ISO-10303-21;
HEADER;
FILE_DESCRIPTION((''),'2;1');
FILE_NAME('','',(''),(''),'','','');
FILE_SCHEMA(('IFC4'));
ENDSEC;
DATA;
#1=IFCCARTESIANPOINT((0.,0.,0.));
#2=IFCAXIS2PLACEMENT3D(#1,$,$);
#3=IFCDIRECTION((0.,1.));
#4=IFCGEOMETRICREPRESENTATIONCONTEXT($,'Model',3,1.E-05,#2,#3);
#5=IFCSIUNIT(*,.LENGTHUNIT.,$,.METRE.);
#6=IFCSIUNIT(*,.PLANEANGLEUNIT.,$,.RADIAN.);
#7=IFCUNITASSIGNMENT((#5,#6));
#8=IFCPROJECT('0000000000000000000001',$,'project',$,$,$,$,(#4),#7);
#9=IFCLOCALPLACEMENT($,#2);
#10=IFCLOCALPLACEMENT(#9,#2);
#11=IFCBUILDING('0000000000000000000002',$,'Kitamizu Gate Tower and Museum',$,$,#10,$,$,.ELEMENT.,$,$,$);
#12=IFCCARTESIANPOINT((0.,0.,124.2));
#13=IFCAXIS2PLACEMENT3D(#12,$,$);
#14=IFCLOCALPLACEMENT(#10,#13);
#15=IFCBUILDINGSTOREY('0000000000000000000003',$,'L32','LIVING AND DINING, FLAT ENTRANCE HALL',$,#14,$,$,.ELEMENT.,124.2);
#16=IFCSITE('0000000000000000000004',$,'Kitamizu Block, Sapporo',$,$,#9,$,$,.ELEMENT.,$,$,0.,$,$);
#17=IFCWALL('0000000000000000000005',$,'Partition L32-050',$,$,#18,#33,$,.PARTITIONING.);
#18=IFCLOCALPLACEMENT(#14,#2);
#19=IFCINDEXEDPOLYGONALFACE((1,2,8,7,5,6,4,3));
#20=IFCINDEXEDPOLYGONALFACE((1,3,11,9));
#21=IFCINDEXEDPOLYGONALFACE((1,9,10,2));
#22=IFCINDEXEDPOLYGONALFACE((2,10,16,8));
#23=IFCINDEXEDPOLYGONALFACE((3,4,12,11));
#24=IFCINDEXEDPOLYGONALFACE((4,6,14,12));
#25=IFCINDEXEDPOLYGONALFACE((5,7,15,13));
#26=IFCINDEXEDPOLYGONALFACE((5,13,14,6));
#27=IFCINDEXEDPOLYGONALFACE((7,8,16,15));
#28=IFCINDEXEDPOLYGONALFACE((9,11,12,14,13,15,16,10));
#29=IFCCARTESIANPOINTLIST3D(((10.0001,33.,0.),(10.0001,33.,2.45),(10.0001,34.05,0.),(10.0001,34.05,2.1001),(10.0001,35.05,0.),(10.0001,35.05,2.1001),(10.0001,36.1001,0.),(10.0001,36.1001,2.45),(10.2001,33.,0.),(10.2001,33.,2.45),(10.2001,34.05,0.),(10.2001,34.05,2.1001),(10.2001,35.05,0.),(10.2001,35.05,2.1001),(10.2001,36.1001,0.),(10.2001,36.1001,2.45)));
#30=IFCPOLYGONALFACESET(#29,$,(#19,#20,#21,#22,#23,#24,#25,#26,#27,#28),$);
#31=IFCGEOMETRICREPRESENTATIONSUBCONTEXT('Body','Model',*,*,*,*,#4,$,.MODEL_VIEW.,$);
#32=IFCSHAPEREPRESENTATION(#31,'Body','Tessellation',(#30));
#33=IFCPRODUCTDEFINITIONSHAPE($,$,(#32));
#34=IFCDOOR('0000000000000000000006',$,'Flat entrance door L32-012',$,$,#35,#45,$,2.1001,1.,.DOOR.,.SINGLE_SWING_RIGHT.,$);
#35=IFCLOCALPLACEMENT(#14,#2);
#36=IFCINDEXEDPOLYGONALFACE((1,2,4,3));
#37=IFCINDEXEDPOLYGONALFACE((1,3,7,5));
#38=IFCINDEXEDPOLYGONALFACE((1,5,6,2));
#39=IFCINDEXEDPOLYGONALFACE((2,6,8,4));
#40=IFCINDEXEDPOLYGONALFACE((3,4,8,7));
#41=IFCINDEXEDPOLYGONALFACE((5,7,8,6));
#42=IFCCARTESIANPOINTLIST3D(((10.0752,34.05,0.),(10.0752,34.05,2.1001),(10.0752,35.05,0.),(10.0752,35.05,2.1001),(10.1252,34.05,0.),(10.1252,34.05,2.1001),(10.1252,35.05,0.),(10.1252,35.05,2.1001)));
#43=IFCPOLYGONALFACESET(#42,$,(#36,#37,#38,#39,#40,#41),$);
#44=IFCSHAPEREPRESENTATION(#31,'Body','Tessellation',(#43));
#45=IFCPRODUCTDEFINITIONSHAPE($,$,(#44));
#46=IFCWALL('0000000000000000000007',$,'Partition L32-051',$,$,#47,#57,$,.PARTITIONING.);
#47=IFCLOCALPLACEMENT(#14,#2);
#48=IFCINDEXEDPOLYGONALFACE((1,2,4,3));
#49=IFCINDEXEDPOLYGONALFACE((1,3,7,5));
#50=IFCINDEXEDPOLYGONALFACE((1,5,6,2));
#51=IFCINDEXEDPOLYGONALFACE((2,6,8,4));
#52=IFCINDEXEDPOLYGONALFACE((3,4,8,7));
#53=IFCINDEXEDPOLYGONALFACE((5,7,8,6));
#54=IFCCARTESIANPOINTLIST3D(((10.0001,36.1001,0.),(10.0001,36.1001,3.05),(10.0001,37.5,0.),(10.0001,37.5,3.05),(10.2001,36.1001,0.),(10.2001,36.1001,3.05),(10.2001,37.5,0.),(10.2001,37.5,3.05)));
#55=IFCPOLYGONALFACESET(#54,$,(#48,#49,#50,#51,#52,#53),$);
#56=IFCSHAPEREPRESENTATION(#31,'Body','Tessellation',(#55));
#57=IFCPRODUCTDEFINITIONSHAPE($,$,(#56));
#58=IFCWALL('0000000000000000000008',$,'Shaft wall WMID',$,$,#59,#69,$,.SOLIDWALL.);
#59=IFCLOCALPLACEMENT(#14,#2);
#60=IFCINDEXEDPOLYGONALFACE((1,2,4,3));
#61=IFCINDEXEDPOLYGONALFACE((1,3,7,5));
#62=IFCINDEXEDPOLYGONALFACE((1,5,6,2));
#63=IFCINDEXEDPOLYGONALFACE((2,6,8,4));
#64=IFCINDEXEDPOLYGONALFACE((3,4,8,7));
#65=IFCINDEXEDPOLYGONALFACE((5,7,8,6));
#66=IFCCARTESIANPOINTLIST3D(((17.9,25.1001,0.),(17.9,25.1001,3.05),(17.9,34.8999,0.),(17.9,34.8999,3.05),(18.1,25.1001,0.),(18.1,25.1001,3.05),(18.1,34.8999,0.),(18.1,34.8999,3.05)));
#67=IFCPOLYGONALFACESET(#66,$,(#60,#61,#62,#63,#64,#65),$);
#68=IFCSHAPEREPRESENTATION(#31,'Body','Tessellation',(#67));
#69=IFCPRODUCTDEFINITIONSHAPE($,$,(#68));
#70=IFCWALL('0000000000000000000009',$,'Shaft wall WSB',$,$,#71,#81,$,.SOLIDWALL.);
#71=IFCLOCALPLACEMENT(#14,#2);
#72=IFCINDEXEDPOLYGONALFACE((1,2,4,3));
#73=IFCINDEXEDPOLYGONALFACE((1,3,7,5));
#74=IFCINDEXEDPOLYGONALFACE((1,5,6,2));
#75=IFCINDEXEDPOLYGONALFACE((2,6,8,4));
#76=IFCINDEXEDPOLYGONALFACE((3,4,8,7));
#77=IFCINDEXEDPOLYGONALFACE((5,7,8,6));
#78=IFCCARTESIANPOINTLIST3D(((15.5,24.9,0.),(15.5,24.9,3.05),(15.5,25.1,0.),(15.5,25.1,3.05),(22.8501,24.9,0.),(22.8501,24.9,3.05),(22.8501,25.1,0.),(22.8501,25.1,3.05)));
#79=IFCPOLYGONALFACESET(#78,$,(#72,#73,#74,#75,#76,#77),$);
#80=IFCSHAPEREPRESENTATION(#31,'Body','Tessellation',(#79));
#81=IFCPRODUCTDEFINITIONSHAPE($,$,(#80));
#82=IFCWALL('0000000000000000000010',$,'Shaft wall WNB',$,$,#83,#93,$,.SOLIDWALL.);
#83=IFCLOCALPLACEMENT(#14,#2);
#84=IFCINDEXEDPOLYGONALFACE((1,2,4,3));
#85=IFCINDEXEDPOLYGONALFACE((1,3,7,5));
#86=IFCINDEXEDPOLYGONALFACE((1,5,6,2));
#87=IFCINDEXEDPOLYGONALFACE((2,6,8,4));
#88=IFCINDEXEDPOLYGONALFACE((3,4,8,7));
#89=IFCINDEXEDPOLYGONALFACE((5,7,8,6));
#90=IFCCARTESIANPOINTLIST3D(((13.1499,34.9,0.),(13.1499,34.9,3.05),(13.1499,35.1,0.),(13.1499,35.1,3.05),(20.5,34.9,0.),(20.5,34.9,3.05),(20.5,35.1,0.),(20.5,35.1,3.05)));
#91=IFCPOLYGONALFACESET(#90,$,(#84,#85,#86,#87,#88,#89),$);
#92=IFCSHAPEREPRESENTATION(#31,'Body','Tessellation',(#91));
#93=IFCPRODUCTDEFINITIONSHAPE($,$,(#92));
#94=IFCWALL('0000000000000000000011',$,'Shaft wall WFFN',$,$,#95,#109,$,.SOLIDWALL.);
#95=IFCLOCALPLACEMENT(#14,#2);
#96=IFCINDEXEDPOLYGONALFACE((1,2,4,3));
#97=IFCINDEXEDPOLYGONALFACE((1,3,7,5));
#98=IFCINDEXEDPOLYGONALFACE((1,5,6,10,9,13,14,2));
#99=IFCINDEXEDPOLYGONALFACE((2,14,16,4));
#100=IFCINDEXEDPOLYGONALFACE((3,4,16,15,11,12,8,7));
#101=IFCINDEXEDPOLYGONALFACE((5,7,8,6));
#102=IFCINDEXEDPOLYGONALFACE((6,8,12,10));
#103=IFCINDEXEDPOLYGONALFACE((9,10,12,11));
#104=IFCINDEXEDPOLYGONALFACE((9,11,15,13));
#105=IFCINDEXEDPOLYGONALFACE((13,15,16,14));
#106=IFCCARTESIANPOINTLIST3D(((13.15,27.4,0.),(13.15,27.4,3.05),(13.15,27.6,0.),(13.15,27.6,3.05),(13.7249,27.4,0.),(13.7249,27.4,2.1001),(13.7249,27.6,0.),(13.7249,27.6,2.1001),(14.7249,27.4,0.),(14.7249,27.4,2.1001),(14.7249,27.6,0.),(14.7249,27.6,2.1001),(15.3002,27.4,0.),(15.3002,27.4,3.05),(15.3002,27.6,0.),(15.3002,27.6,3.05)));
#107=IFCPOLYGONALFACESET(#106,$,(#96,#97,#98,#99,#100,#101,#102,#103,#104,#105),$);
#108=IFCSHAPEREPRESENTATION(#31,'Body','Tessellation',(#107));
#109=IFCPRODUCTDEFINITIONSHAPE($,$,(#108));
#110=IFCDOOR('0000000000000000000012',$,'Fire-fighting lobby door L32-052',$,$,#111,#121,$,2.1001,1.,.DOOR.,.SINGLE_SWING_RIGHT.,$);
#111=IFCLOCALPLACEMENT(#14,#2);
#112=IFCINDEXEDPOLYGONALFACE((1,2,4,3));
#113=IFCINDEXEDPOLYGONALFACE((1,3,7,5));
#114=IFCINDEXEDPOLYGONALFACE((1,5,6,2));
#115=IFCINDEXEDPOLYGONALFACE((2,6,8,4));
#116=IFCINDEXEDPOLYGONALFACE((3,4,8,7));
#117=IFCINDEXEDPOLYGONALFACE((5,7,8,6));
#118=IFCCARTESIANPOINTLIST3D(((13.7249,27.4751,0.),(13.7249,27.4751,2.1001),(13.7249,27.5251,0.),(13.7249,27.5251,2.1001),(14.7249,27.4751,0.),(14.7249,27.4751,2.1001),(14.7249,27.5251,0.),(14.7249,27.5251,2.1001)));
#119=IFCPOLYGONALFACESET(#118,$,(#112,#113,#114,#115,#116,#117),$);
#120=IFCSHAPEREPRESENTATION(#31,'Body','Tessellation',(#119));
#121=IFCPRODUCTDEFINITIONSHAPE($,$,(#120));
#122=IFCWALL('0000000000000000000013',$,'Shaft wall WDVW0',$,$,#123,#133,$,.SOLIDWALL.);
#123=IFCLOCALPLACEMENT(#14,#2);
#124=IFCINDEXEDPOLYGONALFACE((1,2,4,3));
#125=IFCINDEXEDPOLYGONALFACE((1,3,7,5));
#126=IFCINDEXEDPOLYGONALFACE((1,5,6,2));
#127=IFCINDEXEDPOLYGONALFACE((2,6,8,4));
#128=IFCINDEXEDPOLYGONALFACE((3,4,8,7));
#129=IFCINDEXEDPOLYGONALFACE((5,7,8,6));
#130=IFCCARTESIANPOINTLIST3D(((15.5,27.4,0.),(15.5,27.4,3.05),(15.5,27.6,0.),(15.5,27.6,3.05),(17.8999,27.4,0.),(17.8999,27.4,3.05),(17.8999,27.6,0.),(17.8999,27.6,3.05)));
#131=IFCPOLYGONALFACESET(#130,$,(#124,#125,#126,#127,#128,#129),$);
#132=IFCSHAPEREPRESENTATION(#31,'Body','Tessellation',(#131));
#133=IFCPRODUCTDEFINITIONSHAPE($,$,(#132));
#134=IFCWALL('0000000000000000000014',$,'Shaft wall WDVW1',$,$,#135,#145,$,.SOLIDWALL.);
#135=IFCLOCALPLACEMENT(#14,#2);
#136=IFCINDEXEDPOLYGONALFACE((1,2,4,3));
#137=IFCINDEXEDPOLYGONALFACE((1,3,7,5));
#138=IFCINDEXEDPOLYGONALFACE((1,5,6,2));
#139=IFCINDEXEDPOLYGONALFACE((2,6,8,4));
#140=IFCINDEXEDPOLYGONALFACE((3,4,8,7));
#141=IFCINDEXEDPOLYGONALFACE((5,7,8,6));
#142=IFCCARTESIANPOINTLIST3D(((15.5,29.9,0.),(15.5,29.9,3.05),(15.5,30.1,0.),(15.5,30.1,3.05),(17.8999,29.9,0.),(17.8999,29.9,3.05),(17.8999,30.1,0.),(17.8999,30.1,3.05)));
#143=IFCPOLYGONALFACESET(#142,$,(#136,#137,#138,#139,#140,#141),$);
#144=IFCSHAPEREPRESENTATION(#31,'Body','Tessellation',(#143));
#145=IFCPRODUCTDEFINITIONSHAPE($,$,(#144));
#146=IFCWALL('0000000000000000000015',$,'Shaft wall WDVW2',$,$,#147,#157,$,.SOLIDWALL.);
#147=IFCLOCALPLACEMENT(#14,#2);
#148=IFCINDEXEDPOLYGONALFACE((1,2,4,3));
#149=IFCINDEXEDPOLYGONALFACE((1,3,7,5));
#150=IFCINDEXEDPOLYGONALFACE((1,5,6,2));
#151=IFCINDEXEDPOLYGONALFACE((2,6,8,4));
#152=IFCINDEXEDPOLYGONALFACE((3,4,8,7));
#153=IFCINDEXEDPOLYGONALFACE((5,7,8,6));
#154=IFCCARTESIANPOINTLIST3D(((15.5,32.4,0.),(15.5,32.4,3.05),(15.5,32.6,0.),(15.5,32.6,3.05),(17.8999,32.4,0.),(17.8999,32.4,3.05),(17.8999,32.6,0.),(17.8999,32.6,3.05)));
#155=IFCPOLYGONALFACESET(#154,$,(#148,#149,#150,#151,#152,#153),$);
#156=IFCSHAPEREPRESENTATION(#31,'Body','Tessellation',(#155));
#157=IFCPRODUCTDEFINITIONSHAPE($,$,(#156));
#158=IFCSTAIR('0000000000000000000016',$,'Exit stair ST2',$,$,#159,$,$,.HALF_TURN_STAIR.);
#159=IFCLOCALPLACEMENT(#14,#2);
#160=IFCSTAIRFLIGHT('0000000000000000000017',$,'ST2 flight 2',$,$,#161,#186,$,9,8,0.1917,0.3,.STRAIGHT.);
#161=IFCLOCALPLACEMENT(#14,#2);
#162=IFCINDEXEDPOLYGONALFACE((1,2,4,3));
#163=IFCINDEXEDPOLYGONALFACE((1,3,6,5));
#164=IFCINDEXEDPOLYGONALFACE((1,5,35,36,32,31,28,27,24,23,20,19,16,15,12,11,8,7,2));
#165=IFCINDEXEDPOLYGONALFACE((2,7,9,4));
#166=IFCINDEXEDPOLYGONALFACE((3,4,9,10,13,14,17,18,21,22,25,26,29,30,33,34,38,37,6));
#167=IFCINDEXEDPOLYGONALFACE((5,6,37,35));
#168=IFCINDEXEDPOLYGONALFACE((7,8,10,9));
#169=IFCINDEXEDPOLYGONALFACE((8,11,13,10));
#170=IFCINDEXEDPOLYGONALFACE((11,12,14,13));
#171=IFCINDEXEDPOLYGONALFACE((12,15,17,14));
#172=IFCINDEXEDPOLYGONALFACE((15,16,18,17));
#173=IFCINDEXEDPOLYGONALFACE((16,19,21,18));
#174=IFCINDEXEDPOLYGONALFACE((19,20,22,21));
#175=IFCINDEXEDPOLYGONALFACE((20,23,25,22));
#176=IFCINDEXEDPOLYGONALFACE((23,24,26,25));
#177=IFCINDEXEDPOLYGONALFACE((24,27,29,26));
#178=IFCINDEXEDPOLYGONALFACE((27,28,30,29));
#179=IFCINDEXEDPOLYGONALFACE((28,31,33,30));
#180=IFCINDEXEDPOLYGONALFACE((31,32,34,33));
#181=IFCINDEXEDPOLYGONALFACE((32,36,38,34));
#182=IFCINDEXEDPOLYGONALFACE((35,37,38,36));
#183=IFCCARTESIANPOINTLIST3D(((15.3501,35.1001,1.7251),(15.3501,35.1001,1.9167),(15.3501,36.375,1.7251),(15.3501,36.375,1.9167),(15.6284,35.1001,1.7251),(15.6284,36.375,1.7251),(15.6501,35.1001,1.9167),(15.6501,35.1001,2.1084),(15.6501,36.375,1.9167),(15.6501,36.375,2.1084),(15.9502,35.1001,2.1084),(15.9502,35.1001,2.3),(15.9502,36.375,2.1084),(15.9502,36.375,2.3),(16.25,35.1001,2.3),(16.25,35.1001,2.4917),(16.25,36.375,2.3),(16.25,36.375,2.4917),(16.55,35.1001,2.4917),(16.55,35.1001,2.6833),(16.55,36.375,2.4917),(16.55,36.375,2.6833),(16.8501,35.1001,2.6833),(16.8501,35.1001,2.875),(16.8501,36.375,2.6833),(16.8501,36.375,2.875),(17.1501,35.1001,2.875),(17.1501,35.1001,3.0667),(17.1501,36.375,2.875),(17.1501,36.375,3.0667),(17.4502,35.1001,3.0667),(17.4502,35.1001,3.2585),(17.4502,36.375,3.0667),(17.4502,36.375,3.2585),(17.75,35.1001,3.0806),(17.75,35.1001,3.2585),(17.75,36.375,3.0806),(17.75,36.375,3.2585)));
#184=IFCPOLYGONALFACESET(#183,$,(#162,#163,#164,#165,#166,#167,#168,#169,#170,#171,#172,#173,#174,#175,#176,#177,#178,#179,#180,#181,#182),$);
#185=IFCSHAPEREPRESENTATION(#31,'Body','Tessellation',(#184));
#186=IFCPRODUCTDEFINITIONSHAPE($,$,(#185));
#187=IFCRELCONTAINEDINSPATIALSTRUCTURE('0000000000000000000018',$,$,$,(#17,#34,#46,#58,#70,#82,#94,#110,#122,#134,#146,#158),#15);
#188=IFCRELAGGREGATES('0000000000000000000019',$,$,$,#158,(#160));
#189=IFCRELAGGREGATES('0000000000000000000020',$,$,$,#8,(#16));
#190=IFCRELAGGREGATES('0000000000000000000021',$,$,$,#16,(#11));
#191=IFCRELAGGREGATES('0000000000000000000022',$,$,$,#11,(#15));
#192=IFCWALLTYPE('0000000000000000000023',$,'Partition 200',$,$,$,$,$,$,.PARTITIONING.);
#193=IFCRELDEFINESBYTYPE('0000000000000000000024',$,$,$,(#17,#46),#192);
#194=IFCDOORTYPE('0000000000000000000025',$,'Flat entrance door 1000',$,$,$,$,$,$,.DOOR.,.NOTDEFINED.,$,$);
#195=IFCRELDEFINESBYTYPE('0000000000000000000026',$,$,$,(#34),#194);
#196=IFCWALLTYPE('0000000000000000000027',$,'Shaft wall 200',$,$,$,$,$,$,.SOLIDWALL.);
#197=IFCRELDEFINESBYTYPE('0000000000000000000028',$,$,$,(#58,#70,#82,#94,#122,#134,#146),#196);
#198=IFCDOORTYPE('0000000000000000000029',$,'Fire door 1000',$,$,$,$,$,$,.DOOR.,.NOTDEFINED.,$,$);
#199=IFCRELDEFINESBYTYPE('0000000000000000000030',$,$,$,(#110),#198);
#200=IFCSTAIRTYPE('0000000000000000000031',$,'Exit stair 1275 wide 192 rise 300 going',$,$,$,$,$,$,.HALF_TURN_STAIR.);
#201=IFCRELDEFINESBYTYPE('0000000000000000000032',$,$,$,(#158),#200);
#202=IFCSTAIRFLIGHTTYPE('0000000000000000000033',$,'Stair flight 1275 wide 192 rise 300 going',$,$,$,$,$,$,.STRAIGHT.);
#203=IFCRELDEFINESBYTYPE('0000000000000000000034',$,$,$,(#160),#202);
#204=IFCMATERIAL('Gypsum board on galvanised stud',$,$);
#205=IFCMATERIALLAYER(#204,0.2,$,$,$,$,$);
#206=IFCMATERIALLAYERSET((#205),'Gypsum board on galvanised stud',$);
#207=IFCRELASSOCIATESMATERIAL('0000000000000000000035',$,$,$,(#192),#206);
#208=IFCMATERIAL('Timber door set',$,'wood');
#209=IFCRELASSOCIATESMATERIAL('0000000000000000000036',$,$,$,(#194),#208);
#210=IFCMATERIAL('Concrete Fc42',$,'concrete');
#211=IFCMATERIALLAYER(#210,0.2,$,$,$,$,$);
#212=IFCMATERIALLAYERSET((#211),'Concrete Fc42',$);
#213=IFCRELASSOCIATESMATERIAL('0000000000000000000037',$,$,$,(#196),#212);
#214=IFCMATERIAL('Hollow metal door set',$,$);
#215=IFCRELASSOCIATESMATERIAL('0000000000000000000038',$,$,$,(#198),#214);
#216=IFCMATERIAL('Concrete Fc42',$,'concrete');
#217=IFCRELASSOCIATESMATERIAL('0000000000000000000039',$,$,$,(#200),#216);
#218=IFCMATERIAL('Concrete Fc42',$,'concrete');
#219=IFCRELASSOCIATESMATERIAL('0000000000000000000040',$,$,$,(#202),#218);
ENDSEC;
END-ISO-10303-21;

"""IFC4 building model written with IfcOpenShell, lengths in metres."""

from ifc_helpers import new_model, si_unit, direction, frame, frame_2d, origin, place, context, subcontext, project, spatial, polyline, rectangle, outline, extrude, material, layer, layer_set, type_object, element, fill, aggregate, save


model = new_model("IFC4")

# Units and contexts
model_context = context("Model", 3, precision=1e-05, world=origin(), true_north=direction((0.0, 1.0)))
body_context = subcontext(model_context, "Body", "Model", "MODEL_VIEW")
ifc_project = project(units=[si_unit("LENGTHUNIT", "METRE"), si_unit("PLANEANGLEUNIT", "RADIAN")], contexts=[model_context])

# Site, building, storey
site_placement = place(None, origin())
site = spatial("IfcSite", under=ifc_project, at=site_placement, Name="Kitamizu Block, Sapporo", CompositionType="ELEMENT", RefElevation=0.0)
building_placement = place(site_placement, origin())
building = spatial("IfcBuilding", under=site, at=building_placement, Name="Kitamizu Gate Tower and Museum", CompositionType="ELEMENT")
storey_placement = place(building_placement, frame((0.0, 0.0, 124.2)))
storey = spatial("IfcBuildingStorey", under=building, at=storey_placement, Name="L32", Description="LIVING AND DINING, FLAT ENTRANCE HALL", CompositionType="ELEMENT", Elevation=124.2)

# Wall, opening, door
ifc_material_1 = material(Name="Gypsum board on galvanised stud")
ifc_layer_1 = layer(ifc_material_1, 0.2)
ifc_layer_set_1 = layer_set([ifc_layer_1], Name="Gypsum board on galvanised stud")
wall_type_1 = type_object("IfcWallType", Name="Partition 200", PredefinedType="PARTITIONING", material=ifc_layer_set_1)
wall_1_placement = place(storey_placement, frame((10.1001, 33.0, 0.0), z_axis=(0.0, 0.0, 1.0), x_axis=(0.0, 1.0, 0.0)))
wall_1 = element("IfcWall", 1, at=wall_1_placement, inside=storey, type_object=wall_type_1, Name="Partition L32-050", PredefinedType="PARTITIONING", context=body_context, shape_type="SweptSolid", body=[
    extrude(rectangle(XDim=3.1001, YDim=0.2, at=frame_2d((1.55, 0.0))), origin(), (0.0, 0.0, 1.0), 2.45),
])
opening_1_placement = place(wall_1_placement, frame((1.05, 0.0, 0.0)))
opening_1 = element("IfcOpeningElement", 2, at=opening_1_placement, cuts=wall_1, PredefinedType="OPENING", context=body_context, shape_type="SweptSolid", body=[
    extrude(rectangle(XDim=1.0, YDim=2.1001, at=frame_2d((0.5, 1.05))), frame((0.0, 0.1099, 0.0), z_axis=(0.0, -1.0, 0.0), x_axis=(1.0, 0.0, 0.0)), (0.0, 0.0, 1.0), 0.22),
])
ifc_material_2 = material(Name="Timber door set", Category="wood")
door_type_1 = type_object("IfcDoorType", Name="Flat entrance door 1000", OperationType="NOTDEFINED", PredefinedType="DOOR", material=ifc_material_2)
door_1_placement = place(opening_1_placement, origin())
door_1 = element("IfcDoor", 3, at=door_1_placement, inside=storey, type_object=door_type_1, Name="Flat entrance door L32-012", OperationType="SINGLE_SWING_RIGHT", OverallHeight=2.1001, OverallWidth=1.0, PredefinedType="DOOR", context=body_context, shape_type="SweptSolid", body=[
    extrude(rectangle(XDim=1.0, YDim=2.1001, at=frame_2d((0.5, 1.05))), frame((0.0, 0.0249, 0.0), z_axis=(0.0, -1.0, 0.0), x_axis=(1.0, 0.0, 0.0)), (0.0, 0.0, 1.0), 0.05),
])
fill(opening_1, door_1)

# Walls
wall_2_placement = place(storey_placement, frame((10.1001, 36.1001, 0.0), z_axis=(0.0, 0.0, 1.0), x_axis=(0.0, 1.0, 0.0)))
element("IfcWall", 4, at=wall_2_placement, inside=storey, type_object=wall_type_1, Name="Partition L32-051", PredefinedType="PARTITIONING", context=body_context, shape_type="SweptSolid", body=[
    extrude(rectangle(XDim=1.3999, YDim=0.2, at=frame_2d((0.7, 0.0))), origin(), (0.0, 0.0, 1.0), 3.05),
])
ifc_material_3 = material(Name="Concrete Fc42", Category="concrete")
ifc_layer_2 = layer(ifc_material_3, 0.2)
ifc_layer_set_2 = layer_set([ifc_layer_2], Name="Concrete Fc42")
wall_type_2 = type_object("IfcWallType", Name="Shaft wall 200", PredefinedType="SOLIDWALL", material=ifc_layer_set_2)
wall_3_placement = place(storey_placement, frame((18.0, 25.1001, 0.0), z_axis=(0.0, 0.0, 1.0), x_axis=(0.0, 1.0, 0.0)))
element("IfcWall", 5, at=wall_3_placement, inside=storey, type_object=wall_type_2, Name="Shaft wall WMID", PredefinedType="SOLIDWALL", context=body_context, shape_type="SweptSolid", body=[
    extrude(rectangle(XDim=9.7998, YDim=0.2, at=frame_2d((4.8999, 0.0))), origin(), (0.0, 0.0, 1.0), 3.05),
])
for number, where, z_axis, x_axis, name in (
    (6, (15.5, 25.0, 0.0), (0.0, 0.0, 1.0), (1.0, 0.0, 0.0), "Shaft wall WSB"),
    (7, (13.1499, 35.0, 0.0), (0.0, 0.0, 1.0), (1.0, 0.0, 0.0), "Shaft wall WNB"),
):
    element("IfcWall", number, at=place(storey_placement, frame(where, z_axis=z_axis, x_axis=x_axis)), inside=storey, type_object=wall_type_2, Name=name, PredefinedType="SOLIDWALL", context=body_context, shape_type="SweptSolid", body=[
        extrude(rectangle(XDim=7.3501, YDim=0.2, at=frame_2d((3.675, 0.0))), origin(), (0.0, 0.0, 1.0), 3.05),
    ])

# Wall, opening, door
wall_4_placement = place(storey_placement, frame((13.1499, 27.5, 0.0), z_axis=(0.0, 0.0, 1.0), x_axis=(1.0, 0.0, 0.0)))
wall_4 = element("IfcWall", 8, at=wall_4_placement, inside=storey, type_object=wall_type_2, Name="Shaft wall WFFN", PredefinedType="SOLIDWALL", context=body_context, shape_type="SweptSolid", body=[
    extrude(rectangle(XDim=2.1501, YDim=0.2, at=frame_2d((1.0752, 0.0))), origin(), (0.0, 0.0, 1.0), 3.05),
])
opening_2_placement = place(wall_4_placement, frame((0.575, 0.0, 0.0)))
opening_2 = element("IfcOpeningElement", 9, at=opening_2_placement, cuts=wall_4, PredefinedType="OPENING", context=body_context, shape_type="SweptSolid", body=[
    extrude(rectangle(XDim=1.0, YDim=2.1001, at=frame_2d((0.5, 1.05))), frame((0.0, 0.1099, 0.0), z_axis=(0.0, -1.0, 0.0), x_axis=(1.0, 0.0, 0.0)), (0.0, 0.0, 1.0), 0.22),
])
ifc_material_4 = material(Name="Hollow metal door set")
door_type_2 = type_object("IfcDoorType", Name="Fire door 1000", OperationType="NOTDEFINED", PredefinedType="DOOR", material=ifc_material_4)
door_2_placement = place(opening_2_placement, frame((1.0, 0.0, 0.0), x_axis=(-1.0, 0.0, 0.0)))
door_2 = element("IfcDoor", 10, at=door_2_placement, inside=storey, type_object=door_type_2, Name="Fire-fighting lobby door L32-052", OperationType="SINGLE_SWING_RIGHT", OverallHeight=2.1001, OverallWidth=1.0, PredefinedType="DOOR", context=body_context, shape_type="SweptSolid", body=[
    extrude(rectangle(XDim=1.0, YDim=2.1001, at=frame_2d((0.5, 1.05))), frame((0.0, 0.0249, 0.0), z_axis=(0.0, -1.0, 0.0), x_axis=(1.0, 0.0, 0.0)), (0.0, 0.0, 1.0), 0.05),
])
fill(opening_2, door_2)

# Walls
for number, where, z_axis, x_axis, name in (
    (11, (15.5, 27.5, 0.0), (0.0, 0.0, 1.0), (1.0, 0.0, 0.0), "Shaft wall WDVW0"),
    (12, (15.5, 30.0, 0.0), (0.0, 0.0, 1.0), (1.0, 0.0, 0.0), "Shaft wall WDVW1"),
    (13, (15.5, 32.5, 0.0), (0.0, 0.0, 1.0), (1.0, 0.0, 0.0), "Shaft wall WDVW2"),
):
    element("IfcWall", number, at=place(storey_placement, frame(where, z_axis=z_axis, x_axis=x_axis)), inside=storey, type_object=wall_type_2, Name=name, PredefinedType="SOLIDWALL", context=body_context, shape_type="SweptSolid", body=[
        extrude(rectangle(XDim=2.3999, YDim=0.2, at=frame_2d((1.2, 0.0))), origin(), (0.0, 0.0, 1.0), 3.05),
    ])

# Stair, stair flight
ifc_material_5 = material(Name="Concrete Fc42", Category="concrete")
stair_type = type_object("IfcStairType", Name="Exit stair 1275 wide 192 rise 300 going", PredefinedType="HALF_TURN_STAIR", material=ifc_material_5)
stair_placement = place(storey_placement, origin())
stair = element("IfcStair", 14, at=stair_placement, inside=storey, type_object=stair_type, Name="Exit stair ST2", PredefinedType="HALF_TURN_STAIR")
ifc_material_6 = material(Name="Concrete Fc42", Category="concrete")
stair_flight_type = type_object("IfcStairFlightType", Name="Stair flight 1275 wide 192 rise 300 going", PredefinedType="STRAIGHT", material=ifc_material_6)
stair_flight_placement = place(storey_placement, frame((15.3501, 35.7375, 1.7251), z_axis=(0.0, 0.0, 1.0), x_axis=(1.0, 0.0, 0.0)))
stair_flight = element("IfcStairFlight", 15, at=stair_flight_placement, type_object=stair_flight_type, Name="ST2 flight 2", NumberOfRisers=9, NumberOfTreads=8, PredefinedType="STRAIGHT", RiserHeight=0.1917, TreadLength=0.3, context=body_context, shape_type="SweptSolid", body=[
    extrude(outline(polyline([(0.0, 0.0), (0.0, 0.1917), (0.3, 0.1917), (0.3, 0.3833), (0.6001, 0.3833), (0.6001, 0.575), (0.8999, 0.575), (0.8999, 0.7666), (1.2, 0.7666), (1.2, 0.9583), (1.5, 0.9583), (1.5, 1.1499), (1.8, 1.1499), (1.8, 1.3416), (2.1001, 1.3416), (2.1001, 1.5334), (2.3999, 1.5334), (2.3999, 1.7251), (2.3999, 1.3555), (0.2783, 0.0), (0.0, 0.0)])), frame((0.0, 0.6375, 0.0), z_axis=(0.0, -1.0, 0.0), x_axis=(1.0, 0.0, 0.0)), (0.0, 0.0, 1.0), 1.2749),
])
aggregate(stair, [stair_flight])

save(model, "model.ifc")
